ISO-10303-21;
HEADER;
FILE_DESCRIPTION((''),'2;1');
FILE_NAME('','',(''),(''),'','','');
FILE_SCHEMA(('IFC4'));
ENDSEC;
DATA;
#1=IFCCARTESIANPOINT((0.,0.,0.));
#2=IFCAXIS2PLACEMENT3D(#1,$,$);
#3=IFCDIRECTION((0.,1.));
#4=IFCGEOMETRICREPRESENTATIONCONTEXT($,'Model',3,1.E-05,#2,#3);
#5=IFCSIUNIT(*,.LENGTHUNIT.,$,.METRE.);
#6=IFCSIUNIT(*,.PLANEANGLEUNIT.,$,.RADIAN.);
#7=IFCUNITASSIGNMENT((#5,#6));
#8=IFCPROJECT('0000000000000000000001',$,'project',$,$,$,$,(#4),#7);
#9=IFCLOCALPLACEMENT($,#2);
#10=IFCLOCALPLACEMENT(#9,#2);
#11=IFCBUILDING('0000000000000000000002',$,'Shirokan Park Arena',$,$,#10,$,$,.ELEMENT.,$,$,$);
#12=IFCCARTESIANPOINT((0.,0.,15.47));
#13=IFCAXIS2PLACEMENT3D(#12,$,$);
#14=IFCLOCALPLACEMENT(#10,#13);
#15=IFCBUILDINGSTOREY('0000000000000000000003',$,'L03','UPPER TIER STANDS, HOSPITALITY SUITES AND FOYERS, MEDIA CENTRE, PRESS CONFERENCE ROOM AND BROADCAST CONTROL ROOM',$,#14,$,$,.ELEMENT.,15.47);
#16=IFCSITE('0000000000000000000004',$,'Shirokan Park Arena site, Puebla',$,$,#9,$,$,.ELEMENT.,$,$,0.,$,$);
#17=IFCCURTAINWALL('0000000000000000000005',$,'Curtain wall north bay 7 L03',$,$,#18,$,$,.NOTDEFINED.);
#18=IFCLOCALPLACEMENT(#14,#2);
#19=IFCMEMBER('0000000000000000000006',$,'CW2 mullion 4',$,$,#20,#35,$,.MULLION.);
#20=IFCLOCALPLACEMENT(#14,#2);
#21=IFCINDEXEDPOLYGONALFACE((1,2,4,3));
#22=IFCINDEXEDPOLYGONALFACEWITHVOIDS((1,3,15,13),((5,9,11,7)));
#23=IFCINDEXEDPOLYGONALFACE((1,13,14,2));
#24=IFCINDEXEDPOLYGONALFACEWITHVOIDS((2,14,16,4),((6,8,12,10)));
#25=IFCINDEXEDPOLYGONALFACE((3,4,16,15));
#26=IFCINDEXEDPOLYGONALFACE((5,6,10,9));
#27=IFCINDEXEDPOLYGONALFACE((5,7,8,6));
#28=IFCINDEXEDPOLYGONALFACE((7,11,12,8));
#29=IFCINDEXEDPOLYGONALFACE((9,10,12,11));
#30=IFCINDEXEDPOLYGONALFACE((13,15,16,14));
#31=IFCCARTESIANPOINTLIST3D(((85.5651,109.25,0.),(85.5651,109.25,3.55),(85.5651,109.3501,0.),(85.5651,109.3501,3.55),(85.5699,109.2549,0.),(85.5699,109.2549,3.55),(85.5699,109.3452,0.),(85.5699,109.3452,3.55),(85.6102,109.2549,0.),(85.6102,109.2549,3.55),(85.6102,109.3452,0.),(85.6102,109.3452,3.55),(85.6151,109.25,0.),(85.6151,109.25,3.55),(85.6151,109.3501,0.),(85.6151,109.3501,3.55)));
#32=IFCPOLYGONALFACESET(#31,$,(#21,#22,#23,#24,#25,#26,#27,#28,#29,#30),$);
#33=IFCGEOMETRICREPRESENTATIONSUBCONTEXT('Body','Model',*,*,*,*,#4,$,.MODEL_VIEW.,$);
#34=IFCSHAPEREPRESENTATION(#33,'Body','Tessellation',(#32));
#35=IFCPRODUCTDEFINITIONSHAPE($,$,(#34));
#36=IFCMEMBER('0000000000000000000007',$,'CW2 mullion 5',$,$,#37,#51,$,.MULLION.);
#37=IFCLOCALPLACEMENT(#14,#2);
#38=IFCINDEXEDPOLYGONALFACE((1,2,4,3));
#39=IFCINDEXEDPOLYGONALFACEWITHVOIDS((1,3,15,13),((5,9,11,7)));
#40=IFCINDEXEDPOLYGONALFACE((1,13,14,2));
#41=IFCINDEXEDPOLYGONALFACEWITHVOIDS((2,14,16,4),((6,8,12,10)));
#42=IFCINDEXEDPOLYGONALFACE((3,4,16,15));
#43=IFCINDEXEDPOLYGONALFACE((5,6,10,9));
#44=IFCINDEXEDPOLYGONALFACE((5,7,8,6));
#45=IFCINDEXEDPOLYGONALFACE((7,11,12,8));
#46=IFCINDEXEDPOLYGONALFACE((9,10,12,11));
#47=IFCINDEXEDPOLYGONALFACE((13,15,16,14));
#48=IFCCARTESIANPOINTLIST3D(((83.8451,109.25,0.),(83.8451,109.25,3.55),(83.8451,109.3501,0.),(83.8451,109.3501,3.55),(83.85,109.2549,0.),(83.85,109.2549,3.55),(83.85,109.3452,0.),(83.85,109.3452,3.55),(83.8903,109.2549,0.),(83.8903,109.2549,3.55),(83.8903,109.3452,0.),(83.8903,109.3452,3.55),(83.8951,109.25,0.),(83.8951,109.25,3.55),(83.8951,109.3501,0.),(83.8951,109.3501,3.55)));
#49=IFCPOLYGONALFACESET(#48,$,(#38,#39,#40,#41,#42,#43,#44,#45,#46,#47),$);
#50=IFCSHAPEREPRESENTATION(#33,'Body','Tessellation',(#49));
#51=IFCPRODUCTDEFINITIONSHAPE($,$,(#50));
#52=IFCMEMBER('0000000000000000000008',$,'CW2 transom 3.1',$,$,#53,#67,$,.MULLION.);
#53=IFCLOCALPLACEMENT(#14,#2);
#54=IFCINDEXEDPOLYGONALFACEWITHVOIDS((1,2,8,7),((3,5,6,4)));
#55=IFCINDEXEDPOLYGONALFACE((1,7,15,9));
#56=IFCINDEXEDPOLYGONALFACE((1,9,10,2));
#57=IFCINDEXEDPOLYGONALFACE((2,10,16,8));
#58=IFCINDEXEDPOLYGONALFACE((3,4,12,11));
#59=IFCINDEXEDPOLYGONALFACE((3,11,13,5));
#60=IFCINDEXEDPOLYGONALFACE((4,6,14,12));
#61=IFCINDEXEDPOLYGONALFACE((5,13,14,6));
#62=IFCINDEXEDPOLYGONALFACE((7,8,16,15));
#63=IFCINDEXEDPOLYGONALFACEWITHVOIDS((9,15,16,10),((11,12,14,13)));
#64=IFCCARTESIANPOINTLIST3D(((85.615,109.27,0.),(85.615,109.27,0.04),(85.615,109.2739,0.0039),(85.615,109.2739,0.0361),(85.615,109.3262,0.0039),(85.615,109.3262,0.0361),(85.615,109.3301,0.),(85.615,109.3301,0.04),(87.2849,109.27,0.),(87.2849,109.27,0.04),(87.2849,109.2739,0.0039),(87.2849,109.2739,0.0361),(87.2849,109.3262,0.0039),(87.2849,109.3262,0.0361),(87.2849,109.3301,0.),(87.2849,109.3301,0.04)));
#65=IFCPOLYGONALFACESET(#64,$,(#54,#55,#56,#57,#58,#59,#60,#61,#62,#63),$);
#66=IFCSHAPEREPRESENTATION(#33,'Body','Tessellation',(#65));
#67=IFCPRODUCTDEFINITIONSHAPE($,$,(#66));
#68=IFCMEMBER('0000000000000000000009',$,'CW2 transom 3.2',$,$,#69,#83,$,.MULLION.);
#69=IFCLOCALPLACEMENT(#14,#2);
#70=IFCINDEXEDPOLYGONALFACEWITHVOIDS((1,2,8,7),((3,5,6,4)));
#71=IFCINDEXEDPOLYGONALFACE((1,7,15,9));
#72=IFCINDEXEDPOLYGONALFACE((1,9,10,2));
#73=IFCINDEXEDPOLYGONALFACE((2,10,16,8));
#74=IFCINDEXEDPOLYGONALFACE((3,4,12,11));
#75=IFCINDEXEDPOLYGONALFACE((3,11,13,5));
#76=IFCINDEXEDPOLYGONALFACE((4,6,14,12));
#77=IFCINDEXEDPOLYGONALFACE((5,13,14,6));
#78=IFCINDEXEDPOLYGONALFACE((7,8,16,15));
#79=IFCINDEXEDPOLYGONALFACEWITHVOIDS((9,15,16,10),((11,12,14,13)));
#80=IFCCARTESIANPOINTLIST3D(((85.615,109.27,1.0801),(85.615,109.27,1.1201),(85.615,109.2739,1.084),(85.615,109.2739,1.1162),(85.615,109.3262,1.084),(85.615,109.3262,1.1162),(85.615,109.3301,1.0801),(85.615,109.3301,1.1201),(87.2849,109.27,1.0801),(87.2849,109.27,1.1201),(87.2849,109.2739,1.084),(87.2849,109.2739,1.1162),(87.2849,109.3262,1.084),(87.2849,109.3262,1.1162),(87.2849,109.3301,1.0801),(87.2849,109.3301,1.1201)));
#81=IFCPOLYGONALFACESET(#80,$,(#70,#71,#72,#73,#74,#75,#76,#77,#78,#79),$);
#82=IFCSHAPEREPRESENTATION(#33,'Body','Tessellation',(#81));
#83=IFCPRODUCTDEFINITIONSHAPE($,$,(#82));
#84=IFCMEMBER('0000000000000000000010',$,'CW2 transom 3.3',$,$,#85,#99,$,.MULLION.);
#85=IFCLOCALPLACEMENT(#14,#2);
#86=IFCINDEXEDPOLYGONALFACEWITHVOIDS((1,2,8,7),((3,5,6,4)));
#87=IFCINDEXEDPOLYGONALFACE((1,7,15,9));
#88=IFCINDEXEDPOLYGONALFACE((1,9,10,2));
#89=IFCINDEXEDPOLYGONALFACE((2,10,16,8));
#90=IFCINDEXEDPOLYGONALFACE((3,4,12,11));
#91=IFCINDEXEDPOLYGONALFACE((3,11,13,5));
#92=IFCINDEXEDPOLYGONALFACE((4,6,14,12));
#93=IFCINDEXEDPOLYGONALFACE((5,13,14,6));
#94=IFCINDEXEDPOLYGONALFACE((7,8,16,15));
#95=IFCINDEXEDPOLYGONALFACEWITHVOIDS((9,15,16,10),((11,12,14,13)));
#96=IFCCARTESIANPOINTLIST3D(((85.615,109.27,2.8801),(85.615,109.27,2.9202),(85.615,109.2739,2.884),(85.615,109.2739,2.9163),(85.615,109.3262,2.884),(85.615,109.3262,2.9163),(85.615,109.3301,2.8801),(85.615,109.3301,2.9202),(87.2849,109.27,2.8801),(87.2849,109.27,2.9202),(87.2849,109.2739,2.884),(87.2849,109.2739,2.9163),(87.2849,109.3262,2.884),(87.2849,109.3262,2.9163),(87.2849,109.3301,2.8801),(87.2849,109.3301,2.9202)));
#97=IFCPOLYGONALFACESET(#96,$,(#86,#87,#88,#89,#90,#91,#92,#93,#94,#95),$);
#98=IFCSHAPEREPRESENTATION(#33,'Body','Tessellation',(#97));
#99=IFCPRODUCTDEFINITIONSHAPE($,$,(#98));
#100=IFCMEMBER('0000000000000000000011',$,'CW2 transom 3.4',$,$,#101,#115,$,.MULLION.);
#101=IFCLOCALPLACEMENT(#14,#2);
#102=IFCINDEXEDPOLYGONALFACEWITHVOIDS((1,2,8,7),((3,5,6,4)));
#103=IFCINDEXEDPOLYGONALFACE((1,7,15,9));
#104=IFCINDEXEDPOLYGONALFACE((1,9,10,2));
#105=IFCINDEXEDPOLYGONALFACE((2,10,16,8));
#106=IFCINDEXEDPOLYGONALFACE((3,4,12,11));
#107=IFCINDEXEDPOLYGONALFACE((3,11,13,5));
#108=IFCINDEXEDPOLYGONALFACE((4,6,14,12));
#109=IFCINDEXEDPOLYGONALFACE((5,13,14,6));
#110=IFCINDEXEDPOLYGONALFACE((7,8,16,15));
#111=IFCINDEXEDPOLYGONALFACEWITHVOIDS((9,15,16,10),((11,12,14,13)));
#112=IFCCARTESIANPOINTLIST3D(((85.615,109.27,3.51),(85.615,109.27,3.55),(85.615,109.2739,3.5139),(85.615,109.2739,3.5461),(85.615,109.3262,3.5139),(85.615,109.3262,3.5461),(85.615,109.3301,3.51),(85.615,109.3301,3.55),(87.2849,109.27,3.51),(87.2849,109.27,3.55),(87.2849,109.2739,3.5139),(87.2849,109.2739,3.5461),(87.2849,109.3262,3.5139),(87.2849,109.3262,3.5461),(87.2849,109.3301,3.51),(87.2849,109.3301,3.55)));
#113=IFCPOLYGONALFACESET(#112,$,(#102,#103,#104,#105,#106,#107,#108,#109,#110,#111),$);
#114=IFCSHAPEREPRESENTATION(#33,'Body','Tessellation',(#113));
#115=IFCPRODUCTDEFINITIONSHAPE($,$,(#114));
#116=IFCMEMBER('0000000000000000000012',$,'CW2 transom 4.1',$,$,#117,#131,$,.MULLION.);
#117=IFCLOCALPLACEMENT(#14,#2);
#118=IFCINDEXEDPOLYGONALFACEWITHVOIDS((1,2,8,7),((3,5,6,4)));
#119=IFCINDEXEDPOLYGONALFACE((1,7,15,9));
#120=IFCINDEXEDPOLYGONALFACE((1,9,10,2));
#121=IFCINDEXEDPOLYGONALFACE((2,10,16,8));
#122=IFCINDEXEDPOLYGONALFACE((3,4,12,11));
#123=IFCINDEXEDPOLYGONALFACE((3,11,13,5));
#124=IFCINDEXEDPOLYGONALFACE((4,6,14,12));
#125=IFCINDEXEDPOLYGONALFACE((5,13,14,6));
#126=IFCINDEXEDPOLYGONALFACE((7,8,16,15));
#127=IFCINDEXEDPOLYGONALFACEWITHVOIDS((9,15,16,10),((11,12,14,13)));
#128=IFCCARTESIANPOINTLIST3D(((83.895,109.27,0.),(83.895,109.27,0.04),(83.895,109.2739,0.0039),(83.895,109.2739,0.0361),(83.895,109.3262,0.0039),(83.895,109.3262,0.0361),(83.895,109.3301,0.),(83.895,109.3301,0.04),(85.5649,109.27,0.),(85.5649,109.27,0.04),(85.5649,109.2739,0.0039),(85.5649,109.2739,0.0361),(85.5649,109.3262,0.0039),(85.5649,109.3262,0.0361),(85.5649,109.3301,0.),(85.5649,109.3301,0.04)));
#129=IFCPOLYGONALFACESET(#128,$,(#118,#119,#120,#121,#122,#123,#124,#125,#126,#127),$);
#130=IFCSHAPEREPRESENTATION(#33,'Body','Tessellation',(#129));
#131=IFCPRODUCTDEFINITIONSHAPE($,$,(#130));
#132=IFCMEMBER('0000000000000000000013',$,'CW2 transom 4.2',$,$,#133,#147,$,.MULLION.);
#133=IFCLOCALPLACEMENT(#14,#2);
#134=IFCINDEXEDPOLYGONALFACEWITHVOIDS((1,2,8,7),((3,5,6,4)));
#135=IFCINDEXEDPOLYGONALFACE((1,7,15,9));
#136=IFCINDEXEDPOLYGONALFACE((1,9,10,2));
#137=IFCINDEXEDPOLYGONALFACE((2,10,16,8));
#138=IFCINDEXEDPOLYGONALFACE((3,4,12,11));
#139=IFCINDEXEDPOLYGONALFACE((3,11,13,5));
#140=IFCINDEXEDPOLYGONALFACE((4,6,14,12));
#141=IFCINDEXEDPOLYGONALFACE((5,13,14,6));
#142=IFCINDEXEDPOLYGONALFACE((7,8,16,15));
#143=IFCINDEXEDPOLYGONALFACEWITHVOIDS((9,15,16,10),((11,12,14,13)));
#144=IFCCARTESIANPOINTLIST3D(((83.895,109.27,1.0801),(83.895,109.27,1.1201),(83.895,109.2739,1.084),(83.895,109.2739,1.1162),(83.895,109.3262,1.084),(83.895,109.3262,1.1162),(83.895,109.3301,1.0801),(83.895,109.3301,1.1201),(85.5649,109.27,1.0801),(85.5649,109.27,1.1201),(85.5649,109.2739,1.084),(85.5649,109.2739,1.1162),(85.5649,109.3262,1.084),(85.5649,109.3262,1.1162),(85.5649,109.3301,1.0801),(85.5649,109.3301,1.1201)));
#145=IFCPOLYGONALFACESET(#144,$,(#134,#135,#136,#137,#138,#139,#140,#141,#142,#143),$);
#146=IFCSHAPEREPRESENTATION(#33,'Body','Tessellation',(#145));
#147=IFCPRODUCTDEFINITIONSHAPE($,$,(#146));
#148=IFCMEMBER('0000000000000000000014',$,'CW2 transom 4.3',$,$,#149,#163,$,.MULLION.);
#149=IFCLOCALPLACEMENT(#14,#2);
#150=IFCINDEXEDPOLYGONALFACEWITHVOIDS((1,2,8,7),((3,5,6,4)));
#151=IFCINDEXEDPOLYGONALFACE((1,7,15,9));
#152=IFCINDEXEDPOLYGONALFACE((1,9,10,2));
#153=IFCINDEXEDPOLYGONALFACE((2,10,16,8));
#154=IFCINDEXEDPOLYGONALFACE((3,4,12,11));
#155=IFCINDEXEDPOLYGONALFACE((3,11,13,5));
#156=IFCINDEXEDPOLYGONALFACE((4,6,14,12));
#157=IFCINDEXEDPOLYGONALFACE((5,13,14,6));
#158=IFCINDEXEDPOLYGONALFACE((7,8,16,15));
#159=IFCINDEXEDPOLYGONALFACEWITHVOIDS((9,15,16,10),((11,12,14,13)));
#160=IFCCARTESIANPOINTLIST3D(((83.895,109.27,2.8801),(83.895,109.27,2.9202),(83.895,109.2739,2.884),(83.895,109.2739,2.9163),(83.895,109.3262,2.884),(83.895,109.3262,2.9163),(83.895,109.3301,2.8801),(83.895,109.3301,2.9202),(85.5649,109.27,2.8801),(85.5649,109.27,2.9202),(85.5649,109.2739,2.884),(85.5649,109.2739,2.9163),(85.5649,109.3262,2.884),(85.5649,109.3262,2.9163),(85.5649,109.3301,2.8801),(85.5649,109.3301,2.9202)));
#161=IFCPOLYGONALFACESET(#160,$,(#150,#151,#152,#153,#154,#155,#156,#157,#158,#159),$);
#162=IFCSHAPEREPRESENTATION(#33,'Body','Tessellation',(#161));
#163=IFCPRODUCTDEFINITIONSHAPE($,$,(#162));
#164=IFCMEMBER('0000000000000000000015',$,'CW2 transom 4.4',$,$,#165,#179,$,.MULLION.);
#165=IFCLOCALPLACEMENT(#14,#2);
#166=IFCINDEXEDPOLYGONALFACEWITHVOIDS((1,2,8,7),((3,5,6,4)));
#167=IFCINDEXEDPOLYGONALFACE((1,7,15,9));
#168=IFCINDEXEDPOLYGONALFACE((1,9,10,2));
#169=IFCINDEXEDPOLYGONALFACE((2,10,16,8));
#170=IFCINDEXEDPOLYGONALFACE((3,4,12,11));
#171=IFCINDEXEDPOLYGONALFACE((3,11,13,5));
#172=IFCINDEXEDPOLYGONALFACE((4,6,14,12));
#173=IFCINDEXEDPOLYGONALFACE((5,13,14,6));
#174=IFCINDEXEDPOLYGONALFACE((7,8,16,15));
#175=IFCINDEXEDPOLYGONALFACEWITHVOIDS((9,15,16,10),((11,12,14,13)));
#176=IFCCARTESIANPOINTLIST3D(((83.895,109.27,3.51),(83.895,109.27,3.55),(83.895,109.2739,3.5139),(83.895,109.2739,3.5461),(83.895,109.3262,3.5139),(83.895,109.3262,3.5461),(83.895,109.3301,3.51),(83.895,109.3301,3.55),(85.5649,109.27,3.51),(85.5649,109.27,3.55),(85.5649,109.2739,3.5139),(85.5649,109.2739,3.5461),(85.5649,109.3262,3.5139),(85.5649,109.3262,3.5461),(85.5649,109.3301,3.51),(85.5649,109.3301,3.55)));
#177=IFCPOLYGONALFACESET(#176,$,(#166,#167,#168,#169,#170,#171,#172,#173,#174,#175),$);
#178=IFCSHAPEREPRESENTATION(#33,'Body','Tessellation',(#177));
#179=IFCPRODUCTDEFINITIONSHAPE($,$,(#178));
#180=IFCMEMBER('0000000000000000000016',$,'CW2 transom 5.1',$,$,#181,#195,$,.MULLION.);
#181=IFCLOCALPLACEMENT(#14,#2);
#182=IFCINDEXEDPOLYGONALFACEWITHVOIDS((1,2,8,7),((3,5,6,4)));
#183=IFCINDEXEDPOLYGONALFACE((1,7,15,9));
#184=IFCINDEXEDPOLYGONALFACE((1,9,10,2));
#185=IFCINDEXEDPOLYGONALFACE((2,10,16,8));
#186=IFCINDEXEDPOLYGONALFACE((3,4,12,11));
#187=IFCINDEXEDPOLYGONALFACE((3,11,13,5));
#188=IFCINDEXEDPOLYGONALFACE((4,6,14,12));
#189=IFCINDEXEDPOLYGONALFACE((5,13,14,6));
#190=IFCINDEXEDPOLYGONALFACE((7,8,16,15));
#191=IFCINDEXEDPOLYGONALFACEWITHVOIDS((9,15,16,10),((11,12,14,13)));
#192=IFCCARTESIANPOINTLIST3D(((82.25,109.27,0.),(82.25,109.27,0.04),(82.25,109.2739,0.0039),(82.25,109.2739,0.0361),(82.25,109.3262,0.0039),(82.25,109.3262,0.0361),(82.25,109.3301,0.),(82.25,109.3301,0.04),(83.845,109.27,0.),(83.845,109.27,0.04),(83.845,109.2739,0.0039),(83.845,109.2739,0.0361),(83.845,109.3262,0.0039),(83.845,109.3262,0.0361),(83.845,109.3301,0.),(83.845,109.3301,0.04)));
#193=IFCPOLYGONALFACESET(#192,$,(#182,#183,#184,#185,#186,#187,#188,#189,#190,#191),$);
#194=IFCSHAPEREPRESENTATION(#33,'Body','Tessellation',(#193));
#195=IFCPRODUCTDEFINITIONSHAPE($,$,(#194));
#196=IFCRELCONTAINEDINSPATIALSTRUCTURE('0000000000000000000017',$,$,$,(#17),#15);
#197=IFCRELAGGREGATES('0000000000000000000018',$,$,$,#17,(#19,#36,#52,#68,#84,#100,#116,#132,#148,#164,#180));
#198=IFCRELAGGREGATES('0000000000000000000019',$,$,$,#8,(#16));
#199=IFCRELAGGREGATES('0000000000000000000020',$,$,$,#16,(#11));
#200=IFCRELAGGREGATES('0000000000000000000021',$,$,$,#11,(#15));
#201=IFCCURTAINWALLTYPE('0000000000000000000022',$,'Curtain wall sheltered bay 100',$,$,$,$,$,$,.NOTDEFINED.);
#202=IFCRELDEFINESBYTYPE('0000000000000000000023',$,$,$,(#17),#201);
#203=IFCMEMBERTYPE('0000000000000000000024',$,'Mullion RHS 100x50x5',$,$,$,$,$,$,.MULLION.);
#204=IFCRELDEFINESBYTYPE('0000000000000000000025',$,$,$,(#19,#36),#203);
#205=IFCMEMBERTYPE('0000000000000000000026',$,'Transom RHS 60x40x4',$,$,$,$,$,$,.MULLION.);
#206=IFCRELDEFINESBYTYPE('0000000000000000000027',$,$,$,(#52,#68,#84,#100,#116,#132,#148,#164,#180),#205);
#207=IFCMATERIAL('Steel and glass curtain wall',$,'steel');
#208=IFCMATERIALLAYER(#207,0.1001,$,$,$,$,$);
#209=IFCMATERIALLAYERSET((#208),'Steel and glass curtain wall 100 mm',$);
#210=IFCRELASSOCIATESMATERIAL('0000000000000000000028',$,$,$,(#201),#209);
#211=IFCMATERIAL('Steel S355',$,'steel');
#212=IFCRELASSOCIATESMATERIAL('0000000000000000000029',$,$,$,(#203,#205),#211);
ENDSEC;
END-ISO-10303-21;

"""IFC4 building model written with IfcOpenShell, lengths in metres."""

from ifc_helpers import new_model, si_unit, direction, frame, origin, origin_2d, place, context, subcontext, project, spatial, hollow_rectangle, extrude, material, layer, layer_set, material_profile, profile_set, type_object, element, aggregate, save


model = new_model("IFC4")

# Units and contexts
model_context = context("Model", 3, precision=1e-05, world=origin(), true_north=direction((0.0, 1.0)))
body_context = subcontext(model_context, "Body", "Model", "MODEL_VIEW")
ifc_project = project(units=[si_unit("LENGTHUNIT", "METRE"), si_unit("PLANEANGLEUNIT", "RADIAN")], contexts=[model_context])

# Site, building, storey
site_placement = place(None, origin())
site = spatial("IfcSite", under=ifc_project, at=site_placement, Name="Shirokan Park Arena site, Puebla", CompositionType="ELEMENT", RefElevation=0.0)
building_placement = place(site_placement, origin())
building = spatial("IfcBuilding", under=site, at=building_placement, Name="Shirokan Park Arena", CompositionType="ELEMENT")
storey_placement = place(building_placement, frame((0.0, 0.0, 15.47)))
storey = spatial("IfcBuildingStorey", under=building, at=storey_placement, Name="L03", Description="UPPER TIER STANDS, HOSPITALITY SUITES AND FOYERS, MEDIA CENTRE, PRESS CONFERENCE ROOM AND BROADCAST CONTROL ROOM", CompositionType="ELEMENT", Elevation=15.47)

# Curtain wall, members
ifc_material_1 = material(Name="Steel and glass curtain wall", Category="steel")
ifc_layer_1 = layer(ifc_material_1, 0.1001)
ifc_layer_set_1 = layer_set([ifc_layer_1], Name="Steel and glass curtain wall 100 mm")
curtain_wall_type = type_object("IfcCurtainWallType", Name="Curtain wall sheltered bay 100", PredefinedType="NOTDEFINED", material=ifc_layer_set_1)
curtain_wall_placement = place(storey_placement, origin())
curtain_wall = element("IfcCurtainWall", 1, at=curtain_wall_placement, inside=storey, type_object=curtain_wall_type, Name="Curtain wall north bay 7 L03", PredefinedType="NOTDEFINED")
ifc_material_2 = material(Name="Steel S355", Category="steel")
ifc_material_profile_1 = material_profile(ifc_material_2, hollow_rectangle(XDim=0.1001, YDim=0.05, WallThickness=0.0049, at=origin_2d()), Name="RHS 100x50x5")
ifc_profile_set_1 = profile_set([ifc_material_profile_1], Name="Steel S355")
member_type_1 = type_object("IfcMemberType", Name="Mullion RHS 100x50x5", PredefinedType="MULLION", material=ifc_profile_set_1)
member_1_placement = place(storey_placement, frame((85.5901, 109.3, 0.0), z_axis=(0.0, 0.0, 1.0), x_axis=(0.0, -1.0, 0.0)))
member_1 = element("IfcMember", 2, at=member_1_placement, type_object=member_type_1, Name="CW2 mullion 4", PredefinedType="MULLION", context=body_context, shape_type="SweptSolid", body=[
    extrude(hollow_rectangle(XDim=0.1001, YDim=0.05, WallThickness=0.0049, at=origin_2d()), origin(), (0.0, 0.0, 1.0), 3.55),
])
member_2_placement = place(storey_placement, frame((83.8701, 109.3, 0.0), z_axis=(0.0, 0.0, 1.0), x_axis=(0.0, -1.0, 0.0)))
member_2 = element("IfcMember", 3, at=member_2_placement, type_object=member_type_1, Name="CW2 mullion 5", PredefinedType="MULLION", context=body_context, shape_type="SweptSolid", body=[
    extrude(hollow_rectangle(XDim=0.1001, YDim=0.05, WallThickness=0.0049, at=origin_2d()), origin(), (0.0, 0.0, 1.0), 3.55),
])
ifc_material_profile_2 = material_profile(ifc_material_2, hollow_rectangle(XDim=0.0601, YDim=0.04, WallThickness=0.0039, at=origin_2d()), Name="RHS 60x40x4")
ifc_profile_set_2 = profile_set([ifc_material_profile_2], Name="Steel S355")
member_type_2 = type_object("IfcMemberType", Name="Transom RHS 60x40x4", PredefinedType="MULLION", material=ifc_profile_set_2)
member_3_placement = place(storey_placement, frame((87.2849, 109.3, 0.02), z_axis=(-1.0, 0.0, 0.0), x_axis=(0.0, -1.0, 0.0)))
member_3 = element("IfcMember", 4, at=member_3_placement, type_object=member_type_2, Name="CW2 transom 3.1", PredefinedType="MULLION", context=body_context, shape_type="SweptSolid", body=[
    extrude(hollow_rectangle(XDim=0.0601, YDim=0.04, WallThickness=0.0039, at=origin_2d()), origin(), (0.0, 0.0, 1.0), 1.6699),
])
member_4_placement = place(storey_placement, frame((87.2849, 109.3, 1.1001), z_axis=(-1.0, 0.0, 0.0), x_axis=(0.0, -1.0, 0.0)))
member_4 = element("IfcMember", 5, at=member_4_placement, type_object=member_type_2, Name="CW2 transom 3.2", PredefinedType="MULLION", context=body_context, shape_type="SweptSolid", body=[
    extrude(hollow_rectangle(XDim=0.0601, YDim=0.04, WallThickness=0.0039, at=origin_2d()), origin(), (0.0, 0.0, 1.0), 1.6699),
])
member_5_placement = place(storey_placement, frame((87.2849, 109.3, 2.9001), z_axis=(-1.0, 0.0, 0.0), x_axis=(0.0, -1.0, 0.0)))
member_5 = element("IfcMember", 6, at=member_5_placement, type_object=member_type_2, Name="CW2 transom 3.3", PredefinedType="MULLION", context=body_context, shape_type="SweptSolid", body=[
    extrude(hollow_rectangle(XDim=0.0601, YDim=0.04, WallThickness=0.0039, at=origin_2d()), origin(), (0.0, 0.0, 1.0), 1.6699),
])
member_6_placement = place(storey_placement, frame((87.2849, 109.3, 3.53), z_axis=(-1.0, 0.0, 0.0), x_axis=(0.0, -1.0, 0.0)))
member_6 = element("IfcMember", 7, at=member_6_placement, type_object=member_type_2, Name="CW2 transom 3.4", PredefinedType="MULLION", context=body_context, shape_type="SweptSolid", body=[
    extrude(hollow_rectangle(XDim=0.0601, YDim=0.04, WallThickness=0.0039, at=origin_2d()), origin(), (0.0, 0.0, 1.0), 1.6699),
])
member_7_placement = place(storey_placement, frame((85.5649, 109.3, 0.02), z_axis=(-1.0, 0.0, 0.0), x_axis=(0.0, -1.0, 0.0)))
member_7 = element("IfcMember", 8, at=member_7_placement, type_object=member_type_2, Name="CW2 transom 4.1", PredefinedType="MULLION", context=body_context, shape_type="SweptSolid", body=[
    extrude(hollow_rectangle(XDim=0.0601, YDim=0.04, WallThickness=0.0039, at=origin_2d()), origin(), (0.0, 0.0, 1.0), 1.6699),
])
member_8_placement = place(storey_placement, frame((85.5649, 109.3, 1.1001), z_axis=(-1.0, 0.0, 0.0), x_axis=(0.0, -1.0, 0.0)))
member_8 = element("IfcMember", 9, at=member_8_placement, type_object=member_type_2, Name="CW2 transom 4.2", PredefinedType="MULLION", context=body_context, shape_type="SweptSolid", body=[
    extrude(hollow_rectangle(XDim=0.0601, YDim=0.04, WallThickness=0.0039, at=origin_2d()), origin(), (0.0, 0.0, 1.0), 1.6699),
])
member_9_placement = place(storey_placement, frame((85.5649, 109.3, 2.9001), z_axis=(-1.0, 0.0, 0.0), x_axis=(0.0, -1.0, 0.0)))
member_9 = element("IfcMember", 10, at=member_9_placement, type_object=member_type_2, Name="CW2 transom 4.3", PredefinedType="MULLION", context=body_context, shape_type="SweptSolid", body=[
    extrude(hollow_rectangle(XDim=0.0601, YDim=0.04, WallThickness=0.0039, at=origin_2d()), origin(), (0.0, 0.0, 1.0), 1.6699),
])
member_10_placement = place(storey_placement, frame((85.5649, 109.3, 3.53), z_axis=(-1.0, 0.0, 0.0), x_axis=(0.0, -1.0, 0.0)))
member_10 = element("IfcMember", 11, at=member_10_placement, type_object=member_type_2, Name="CW2 transom 4.4", PredefinedType="MULLION", context=body_context, shape_type="SweptSolid", body=[
    extrude(hollow_rectangle(XDim=0.0601, YDim=0.04, WallThickness=0.0039, at=origin_2d()), origin(), (0.0, 0.0, 1.0), 1.6699),
])
member_11_placement = place(storey_placement, frame((83.845, 109.3, 0.02), z_axis=(-1.0, 0.0, 0.0), x_axis=(0.0, -1.0, 0.0)))
member_11 = element("IfcMember", 12, at=member_11_placement, type_object=member_type_2, Name="CW2 transom 5.1", PredefinedType="MULLION", context=body_context, shape_type="SweptSolid", body=[
    extrude(hollow_rectangle(XDim=0.0601, YDim=0.04, WallThickness=0.0039, at=origin_2d()), origin(), (0.0, 0.0, 1.0), 1.595),
])
aggregate(curtain_wall, [member_1, member_2, member_3, member_4, member_5, member_6, member_7, member_8, member_9, member_10, member_11])

save(model, "model.ifc")
